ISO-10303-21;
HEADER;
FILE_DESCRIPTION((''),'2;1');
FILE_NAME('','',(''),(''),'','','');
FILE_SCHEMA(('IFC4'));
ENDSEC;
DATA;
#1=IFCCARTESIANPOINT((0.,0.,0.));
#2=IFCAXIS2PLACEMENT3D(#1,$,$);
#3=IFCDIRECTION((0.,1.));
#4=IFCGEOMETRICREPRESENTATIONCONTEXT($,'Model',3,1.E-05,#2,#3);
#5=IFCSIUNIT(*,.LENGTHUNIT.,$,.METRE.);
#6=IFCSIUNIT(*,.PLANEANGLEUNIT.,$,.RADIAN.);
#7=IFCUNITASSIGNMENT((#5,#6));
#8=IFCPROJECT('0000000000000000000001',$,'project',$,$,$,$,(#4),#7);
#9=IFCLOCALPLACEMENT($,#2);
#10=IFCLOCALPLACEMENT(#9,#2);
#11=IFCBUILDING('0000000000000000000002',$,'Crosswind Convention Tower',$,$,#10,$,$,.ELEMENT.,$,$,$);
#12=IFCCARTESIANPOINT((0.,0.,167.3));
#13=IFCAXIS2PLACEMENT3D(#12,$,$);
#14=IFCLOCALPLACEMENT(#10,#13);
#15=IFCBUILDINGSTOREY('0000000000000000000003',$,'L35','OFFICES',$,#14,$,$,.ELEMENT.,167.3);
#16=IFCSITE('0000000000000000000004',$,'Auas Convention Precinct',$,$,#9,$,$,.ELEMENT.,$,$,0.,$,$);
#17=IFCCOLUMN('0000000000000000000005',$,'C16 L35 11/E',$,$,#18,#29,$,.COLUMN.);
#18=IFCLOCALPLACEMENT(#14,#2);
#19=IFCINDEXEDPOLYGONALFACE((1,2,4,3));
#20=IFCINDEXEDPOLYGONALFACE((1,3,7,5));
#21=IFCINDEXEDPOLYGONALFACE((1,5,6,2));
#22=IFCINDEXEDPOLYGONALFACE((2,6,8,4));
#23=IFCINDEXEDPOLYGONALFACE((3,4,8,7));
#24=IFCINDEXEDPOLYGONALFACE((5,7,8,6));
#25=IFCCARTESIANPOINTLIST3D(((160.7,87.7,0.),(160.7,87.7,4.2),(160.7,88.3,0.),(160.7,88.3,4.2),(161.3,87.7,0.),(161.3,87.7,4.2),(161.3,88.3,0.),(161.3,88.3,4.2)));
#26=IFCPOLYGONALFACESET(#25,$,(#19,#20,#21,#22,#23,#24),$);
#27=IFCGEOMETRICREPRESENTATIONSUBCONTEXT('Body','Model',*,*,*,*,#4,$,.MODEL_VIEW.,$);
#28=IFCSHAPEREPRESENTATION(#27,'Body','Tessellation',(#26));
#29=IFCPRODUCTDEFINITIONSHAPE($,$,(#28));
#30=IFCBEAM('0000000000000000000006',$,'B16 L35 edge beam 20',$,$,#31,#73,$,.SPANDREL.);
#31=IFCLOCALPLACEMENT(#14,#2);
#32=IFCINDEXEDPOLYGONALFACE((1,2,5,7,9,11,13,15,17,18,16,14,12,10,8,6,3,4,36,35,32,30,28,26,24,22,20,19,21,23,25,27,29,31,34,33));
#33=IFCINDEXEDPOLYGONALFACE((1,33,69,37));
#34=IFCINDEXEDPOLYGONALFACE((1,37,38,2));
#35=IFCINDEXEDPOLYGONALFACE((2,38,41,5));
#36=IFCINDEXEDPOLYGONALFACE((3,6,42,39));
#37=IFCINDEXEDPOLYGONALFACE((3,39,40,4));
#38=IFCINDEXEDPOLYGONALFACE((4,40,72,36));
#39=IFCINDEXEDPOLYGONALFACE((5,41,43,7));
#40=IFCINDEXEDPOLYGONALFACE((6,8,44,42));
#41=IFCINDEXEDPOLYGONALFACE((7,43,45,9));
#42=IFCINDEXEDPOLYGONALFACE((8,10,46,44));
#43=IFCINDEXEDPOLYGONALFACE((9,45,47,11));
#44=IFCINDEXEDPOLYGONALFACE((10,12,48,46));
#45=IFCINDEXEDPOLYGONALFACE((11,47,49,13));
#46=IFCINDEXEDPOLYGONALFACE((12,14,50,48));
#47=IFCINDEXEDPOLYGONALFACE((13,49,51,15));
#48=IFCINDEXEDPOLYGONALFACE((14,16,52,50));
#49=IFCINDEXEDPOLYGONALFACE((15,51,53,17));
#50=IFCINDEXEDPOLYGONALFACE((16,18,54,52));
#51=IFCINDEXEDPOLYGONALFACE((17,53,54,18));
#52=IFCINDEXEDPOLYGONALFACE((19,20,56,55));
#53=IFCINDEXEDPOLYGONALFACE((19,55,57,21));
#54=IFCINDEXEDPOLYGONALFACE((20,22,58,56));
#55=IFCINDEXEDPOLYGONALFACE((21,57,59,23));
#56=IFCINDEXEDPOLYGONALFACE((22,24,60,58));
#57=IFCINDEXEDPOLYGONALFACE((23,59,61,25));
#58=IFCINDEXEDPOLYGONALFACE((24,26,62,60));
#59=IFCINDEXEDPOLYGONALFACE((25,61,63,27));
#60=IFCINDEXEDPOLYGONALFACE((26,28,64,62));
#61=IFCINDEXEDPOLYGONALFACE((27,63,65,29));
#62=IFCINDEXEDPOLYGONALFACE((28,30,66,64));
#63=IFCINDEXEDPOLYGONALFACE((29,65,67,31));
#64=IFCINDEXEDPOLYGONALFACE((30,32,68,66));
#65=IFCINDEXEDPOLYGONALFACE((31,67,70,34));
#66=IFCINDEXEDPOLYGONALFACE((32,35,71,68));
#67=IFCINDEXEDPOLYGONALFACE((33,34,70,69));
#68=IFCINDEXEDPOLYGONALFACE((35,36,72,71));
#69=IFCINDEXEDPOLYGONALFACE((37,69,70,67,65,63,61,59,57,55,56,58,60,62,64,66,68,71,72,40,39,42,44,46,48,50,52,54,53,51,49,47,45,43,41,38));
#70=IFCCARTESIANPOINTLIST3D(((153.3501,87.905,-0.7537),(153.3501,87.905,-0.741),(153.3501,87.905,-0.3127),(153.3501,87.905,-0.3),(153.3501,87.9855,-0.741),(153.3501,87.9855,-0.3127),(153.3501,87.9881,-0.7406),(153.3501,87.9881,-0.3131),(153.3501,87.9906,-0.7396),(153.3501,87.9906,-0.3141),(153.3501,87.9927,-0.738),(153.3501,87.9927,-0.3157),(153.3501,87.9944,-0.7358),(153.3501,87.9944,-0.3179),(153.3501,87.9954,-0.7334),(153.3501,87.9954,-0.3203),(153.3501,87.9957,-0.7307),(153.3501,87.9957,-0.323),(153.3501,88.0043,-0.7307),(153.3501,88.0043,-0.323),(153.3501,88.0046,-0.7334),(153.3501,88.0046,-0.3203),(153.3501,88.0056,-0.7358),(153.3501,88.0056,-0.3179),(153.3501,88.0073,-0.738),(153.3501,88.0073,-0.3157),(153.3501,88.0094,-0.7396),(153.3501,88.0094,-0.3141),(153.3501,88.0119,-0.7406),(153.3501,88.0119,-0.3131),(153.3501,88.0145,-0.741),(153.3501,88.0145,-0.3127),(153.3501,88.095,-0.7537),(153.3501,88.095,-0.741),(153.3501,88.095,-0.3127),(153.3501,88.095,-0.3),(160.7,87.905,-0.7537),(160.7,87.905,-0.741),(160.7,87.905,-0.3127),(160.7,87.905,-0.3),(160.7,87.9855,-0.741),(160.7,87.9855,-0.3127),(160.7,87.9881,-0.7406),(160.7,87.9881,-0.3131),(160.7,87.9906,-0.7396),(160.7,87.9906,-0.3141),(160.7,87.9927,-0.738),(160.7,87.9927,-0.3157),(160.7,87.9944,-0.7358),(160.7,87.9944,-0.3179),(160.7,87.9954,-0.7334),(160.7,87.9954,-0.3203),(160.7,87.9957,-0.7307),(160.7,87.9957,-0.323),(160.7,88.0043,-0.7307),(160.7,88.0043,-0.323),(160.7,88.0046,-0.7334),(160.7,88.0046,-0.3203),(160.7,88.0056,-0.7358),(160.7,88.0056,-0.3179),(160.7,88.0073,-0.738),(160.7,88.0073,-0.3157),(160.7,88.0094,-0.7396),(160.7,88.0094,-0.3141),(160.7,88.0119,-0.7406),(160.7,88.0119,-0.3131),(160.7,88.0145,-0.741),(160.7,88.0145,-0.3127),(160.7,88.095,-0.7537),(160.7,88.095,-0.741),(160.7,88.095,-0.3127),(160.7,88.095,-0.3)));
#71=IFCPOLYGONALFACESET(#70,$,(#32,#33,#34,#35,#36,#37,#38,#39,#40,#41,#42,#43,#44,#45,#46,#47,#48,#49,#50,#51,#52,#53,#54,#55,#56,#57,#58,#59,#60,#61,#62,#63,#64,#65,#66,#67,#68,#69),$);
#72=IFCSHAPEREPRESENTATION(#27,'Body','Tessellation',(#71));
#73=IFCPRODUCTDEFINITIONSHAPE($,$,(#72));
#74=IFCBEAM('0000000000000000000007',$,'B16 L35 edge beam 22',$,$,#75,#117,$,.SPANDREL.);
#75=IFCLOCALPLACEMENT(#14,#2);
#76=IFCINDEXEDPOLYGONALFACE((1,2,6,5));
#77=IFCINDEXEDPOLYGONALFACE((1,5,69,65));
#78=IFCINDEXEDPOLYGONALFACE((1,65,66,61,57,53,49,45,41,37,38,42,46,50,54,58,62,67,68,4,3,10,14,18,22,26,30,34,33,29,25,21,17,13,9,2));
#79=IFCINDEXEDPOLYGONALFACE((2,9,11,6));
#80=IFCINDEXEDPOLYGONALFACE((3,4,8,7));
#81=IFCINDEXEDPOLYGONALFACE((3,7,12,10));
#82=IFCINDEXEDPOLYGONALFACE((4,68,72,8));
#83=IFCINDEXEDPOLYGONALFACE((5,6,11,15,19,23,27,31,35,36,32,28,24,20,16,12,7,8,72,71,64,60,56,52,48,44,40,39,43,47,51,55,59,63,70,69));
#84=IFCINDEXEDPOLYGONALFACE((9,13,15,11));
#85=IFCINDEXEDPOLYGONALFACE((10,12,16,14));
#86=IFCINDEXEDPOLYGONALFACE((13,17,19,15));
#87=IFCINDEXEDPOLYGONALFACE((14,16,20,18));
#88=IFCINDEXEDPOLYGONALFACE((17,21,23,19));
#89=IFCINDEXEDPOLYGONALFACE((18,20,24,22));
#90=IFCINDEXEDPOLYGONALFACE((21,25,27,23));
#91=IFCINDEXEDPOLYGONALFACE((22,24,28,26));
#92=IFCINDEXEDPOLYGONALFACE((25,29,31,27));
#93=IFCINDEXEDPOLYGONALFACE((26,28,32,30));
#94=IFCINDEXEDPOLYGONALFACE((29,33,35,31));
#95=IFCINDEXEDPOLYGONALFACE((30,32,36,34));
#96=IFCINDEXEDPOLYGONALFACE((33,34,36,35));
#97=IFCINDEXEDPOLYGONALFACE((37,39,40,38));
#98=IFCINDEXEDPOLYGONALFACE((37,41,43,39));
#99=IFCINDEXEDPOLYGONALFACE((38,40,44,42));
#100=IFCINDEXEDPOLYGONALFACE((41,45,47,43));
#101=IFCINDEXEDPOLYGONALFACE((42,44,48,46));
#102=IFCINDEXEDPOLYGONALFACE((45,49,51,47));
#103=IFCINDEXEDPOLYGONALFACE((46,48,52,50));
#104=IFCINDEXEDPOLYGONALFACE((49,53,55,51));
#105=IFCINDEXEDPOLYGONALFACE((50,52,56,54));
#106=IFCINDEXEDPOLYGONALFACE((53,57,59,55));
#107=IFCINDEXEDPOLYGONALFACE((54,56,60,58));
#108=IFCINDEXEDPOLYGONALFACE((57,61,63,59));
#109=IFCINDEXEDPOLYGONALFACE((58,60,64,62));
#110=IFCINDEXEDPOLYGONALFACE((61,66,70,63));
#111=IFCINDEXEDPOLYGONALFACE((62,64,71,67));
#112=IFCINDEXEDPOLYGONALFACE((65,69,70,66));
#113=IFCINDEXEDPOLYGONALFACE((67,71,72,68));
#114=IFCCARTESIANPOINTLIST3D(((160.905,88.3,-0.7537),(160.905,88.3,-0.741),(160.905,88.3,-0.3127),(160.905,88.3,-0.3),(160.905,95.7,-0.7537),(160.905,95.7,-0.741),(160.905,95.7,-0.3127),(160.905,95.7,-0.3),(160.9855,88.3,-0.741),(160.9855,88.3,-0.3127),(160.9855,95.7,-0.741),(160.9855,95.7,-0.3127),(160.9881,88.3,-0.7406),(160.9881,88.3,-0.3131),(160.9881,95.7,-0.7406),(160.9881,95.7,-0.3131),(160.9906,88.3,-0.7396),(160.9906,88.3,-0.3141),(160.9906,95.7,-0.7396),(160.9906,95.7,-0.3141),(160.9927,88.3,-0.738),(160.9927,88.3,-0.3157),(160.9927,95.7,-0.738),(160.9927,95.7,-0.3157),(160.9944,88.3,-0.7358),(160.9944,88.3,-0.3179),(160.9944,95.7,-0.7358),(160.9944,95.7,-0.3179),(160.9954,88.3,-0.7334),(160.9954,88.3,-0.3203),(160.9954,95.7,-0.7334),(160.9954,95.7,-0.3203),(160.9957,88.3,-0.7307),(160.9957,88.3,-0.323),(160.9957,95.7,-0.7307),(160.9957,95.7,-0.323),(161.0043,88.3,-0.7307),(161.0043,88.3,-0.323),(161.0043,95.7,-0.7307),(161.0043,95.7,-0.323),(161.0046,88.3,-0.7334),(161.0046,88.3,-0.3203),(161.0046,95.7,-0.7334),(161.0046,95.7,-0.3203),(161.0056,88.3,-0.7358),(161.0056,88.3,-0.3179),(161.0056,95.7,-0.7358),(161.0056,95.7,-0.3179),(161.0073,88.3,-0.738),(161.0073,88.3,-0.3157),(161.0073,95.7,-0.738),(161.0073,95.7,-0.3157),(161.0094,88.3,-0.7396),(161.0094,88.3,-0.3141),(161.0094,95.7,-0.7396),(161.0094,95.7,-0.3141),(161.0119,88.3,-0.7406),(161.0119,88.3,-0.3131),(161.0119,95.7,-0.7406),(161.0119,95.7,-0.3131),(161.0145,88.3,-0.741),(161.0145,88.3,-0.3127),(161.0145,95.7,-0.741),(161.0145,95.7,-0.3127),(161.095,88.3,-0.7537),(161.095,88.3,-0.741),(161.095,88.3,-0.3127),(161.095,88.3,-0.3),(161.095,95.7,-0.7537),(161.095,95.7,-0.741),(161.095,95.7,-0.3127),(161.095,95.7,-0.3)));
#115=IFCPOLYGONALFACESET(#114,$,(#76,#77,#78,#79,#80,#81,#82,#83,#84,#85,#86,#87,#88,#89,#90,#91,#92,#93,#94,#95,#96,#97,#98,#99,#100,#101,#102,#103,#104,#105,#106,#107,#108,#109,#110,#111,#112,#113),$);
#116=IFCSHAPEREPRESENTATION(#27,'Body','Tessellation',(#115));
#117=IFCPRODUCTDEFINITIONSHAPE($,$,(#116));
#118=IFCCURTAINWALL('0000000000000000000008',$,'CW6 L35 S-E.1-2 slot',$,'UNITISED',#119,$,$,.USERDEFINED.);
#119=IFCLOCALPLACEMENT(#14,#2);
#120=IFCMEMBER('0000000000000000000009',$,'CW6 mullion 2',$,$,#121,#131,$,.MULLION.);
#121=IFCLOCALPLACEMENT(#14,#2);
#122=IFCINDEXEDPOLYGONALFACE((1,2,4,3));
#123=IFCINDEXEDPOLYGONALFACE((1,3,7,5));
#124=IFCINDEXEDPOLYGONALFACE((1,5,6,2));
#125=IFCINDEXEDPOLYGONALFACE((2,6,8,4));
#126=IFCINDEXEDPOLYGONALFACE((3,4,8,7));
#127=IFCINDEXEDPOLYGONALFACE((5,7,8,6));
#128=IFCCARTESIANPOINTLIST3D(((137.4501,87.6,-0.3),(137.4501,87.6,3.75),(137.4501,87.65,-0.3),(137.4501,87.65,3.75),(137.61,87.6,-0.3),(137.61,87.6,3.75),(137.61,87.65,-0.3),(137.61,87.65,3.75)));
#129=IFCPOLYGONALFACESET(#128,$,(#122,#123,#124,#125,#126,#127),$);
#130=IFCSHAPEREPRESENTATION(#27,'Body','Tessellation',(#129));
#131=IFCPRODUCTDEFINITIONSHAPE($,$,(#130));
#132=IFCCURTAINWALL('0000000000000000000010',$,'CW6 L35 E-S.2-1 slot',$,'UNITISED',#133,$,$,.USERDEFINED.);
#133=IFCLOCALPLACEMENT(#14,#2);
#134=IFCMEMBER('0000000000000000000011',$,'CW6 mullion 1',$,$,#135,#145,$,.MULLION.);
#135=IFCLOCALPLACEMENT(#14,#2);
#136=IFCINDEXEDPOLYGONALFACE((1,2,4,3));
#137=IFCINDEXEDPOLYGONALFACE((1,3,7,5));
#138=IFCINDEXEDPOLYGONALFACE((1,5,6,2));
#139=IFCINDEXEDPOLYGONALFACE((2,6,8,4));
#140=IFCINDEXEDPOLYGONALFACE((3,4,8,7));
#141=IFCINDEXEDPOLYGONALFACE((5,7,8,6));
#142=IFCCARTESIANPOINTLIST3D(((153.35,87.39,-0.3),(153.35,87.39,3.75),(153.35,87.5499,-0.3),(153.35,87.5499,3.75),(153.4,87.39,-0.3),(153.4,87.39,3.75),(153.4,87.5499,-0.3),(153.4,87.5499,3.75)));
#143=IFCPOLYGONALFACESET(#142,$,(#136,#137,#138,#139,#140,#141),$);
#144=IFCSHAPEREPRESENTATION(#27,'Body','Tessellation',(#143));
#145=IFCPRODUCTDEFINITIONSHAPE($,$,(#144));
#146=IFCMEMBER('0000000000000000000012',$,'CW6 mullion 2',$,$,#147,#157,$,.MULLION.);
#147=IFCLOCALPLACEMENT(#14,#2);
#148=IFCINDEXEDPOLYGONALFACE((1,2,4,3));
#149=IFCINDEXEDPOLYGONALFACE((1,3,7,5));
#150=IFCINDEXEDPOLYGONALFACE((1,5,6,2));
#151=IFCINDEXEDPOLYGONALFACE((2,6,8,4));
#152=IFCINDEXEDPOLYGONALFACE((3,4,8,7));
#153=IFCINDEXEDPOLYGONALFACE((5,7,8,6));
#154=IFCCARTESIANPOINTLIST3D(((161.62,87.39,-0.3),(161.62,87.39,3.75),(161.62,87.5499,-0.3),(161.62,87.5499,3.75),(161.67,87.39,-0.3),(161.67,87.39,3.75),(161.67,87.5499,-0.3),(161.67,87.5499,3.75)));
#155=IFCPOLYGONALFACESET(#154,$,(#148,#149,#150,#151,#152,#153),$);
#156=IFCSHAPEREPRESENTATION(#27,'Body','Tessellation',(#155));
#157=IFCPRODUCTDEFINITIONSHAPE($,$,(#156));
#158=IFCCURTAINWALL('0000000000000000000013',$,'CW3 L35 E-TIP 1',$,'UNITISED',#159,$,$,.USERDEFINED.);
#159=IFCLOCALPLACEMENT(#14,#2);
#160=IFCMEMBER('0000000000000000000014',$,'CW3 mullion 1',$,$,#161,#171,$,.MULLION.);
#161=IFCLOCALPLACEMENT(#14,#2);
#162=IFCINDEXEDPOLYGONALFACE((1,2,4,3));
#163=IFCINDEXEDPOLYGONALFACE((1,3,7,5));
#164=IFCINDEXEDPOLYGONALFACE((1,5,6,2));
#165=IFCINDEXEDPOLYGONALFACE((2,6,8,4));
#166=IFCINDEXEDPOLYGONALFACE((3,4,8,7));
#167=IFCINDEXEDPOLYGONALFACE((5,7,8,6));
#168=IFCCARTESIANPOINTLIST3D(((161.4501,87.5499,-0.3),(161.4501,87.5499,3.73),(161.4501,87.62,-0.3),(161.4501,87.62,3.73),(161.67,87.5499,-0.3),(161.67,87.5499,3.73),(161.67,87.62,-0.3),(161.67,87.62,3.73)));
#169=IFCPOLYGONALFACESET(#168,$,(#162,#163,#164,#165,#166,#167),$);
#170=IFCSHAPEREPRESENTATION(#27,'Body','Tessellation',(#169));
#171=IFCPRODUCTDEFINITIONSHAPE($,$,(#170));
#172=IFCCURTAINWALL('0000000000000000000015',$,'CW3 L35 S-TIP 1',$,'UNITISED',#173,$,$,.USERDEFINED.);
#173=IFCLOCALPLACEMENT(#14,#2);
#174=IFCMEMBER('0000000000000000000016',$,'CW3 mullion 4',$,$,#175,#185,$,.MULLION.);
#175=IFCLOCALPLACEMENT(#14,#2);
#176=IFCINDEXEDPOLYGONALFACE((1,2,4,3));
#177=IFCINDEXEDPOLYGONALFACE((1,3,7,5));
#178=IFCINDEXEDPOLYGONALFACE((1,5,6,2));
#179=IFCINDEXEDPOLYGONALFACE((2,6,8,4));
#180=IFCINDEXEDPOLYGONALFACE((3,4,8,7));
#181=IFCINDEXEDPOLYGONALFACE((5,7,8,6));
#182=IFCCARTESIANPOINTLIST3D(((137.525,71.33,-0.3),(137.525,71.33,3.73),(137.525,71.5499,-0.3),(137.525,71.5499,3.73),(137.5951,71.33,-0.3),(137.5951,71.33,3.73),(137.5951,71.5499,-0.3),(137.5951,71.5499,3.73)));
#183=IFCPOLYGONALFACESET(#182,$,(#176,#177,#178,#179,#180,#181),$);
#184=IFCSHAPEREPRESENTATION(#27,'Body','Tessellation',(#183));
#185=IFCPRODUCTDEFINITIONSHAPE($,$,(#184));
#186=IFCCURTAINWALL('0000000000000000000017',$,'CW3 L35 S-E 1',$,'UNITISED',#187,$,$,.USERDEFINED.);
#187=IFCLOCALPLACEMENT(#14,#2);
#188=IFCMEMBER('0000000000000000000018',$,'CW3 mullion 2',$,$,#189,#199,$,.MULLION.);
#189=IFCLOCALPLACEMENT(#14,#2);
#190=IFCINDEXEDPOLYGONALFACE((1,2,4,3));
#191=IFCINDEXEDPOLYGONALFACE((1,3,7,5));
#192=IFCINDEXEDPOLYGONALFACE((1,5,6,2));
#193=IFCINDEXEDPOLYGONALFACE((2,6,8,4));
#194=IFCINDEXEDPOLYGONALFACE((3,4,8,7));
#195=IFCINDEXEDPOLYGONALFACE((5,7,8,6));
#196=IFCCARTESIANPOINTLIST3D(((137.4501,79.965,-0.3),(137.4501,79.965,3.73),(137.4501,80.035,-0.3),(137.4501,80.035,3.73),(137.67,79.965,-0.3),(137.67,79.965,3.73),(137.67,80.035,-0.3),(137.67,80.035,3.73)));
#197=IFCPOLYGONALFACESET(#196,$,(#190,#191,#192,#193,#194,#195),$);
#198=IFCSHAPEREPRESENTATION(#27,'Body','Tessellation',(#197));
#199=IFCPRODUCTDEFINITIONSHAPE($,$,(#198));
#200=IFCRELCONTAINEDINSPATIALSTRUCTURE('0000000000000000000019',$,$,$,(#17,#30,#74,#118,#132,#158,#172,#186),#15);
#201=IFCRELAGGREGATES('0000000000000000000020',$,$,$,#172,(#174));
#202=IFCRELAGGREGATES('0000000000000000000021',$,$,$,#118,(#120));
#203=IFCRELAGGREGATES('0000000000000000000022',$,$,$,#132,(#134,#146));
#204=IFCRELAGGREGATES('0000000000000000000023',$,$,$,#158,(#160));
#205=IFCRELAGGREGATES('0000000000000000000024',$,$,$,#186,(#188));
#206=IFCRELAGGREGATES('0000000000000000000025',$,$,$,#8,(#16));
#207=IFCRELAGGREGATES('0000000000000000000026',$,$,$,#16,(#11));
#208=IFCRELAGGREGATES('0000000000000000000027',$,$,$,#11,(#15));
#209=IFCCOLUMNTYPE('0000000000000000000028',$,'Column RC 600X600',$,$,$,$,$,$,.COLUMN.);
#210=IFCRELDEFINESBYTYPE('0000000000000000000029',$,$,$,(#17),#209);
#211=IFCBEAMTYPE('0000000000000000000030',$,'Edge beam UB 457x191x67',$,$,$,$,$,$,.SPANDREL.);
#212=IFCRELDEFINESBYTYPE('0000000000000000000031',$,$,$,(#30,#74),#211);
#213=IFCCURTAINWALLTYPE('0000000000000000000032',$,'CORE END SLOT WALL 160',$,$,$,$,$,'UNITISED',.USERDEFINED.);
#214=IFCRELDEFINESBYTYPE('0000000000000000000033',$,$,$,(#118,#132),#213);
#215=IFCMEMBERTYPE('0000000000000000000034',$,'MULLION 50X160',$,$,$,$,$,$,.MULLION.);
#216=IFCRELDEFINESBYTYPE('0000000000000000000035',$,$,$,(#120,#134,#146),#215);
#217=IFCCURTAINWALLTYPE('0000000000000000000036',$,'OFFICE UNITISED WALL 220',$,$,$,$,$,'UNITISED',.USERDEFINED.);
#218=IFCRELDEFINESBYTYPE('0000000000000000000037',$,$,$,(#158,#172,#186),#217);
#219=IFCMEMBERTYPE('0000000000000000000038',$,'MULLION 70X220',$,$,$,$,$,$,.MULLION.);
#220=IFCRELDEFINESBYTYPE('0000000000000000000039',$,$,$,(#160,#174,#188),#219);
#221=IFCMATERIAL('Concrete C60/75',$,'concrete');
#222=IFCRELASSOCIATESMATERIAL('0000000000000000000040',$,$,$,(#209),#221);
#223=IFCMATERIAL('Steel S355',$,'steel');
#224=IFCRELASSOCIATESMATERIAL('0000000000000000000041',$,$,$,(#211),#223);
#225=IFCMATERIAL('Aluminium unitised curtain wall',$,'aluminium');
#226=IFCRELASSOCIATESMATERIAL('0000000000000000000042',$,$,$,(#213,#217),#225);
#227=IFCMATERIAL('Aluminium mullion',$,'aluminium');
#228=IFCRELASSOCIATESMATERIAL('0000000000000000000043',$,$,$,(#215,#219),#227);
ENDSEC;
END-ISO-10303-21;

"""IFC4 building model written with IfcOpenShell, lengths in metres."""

from ifc_helpers import new_model, si_unit, direction, frame, origin, origin_2d, place, context, subcontext, project, spatial, rectangle, i_section, extrude, material, material_profile, profile_set, type_object, element, aggregate, save


model = new_model("IFC4")

# Units and contexts
model_context = context("Model", 3, precision=1e-05, world=origin(), true_north=direction((0.0, 1.0)))
body_context = subcontext(model_context, "Body", "Model", "MODEL_VIEW")
ifc_project = project(units=[si_unit("LENGTHUNIT", "METRE"), si_unit("PLANEANGLEUNIT", "RADIAN")], contexts=[model_context])

# Site, building, storey
site_placement = place(None, origin())
site = spatial("IfcSite", under=ifc_project, at=site_placement, Name="Auas Convention Precinct", CompositionType="ELEMENT", RefElevation=0.0)
building_placement = place(site_placement, origin())
building = spatial("IfcBuilding", under=site, at=building_placement, Name="Crosswind Convention Tower", CompositionType="ELEMENT")
storey_placement = place(building_placement, frame((0.0, 0.0, 167.3)))
storey = spatial("IfcBuildingStorey", under=building, at=storey_placement, Name="L35", Description="OFFICES", CompositionType="ELEMENT", Elevation=167.3)

# Column
ifc_material_1 = material(Name="Concrete C60/75", Category="concrete")
ifc_material_profile_1 = material_profile(ifc_material_1, rectangle(XDim=0.6001, YDim=0.6001, at=origin_2d()), Name="RC 600X600")
ifc_profile_set_1 = profile_set([ifc_material_profile_1], Name="Concrete C60/75")
column_type = type_object("IfcColumnType", Name="Column RC 600X600", PredefinedType="COLUMN", material=ifc_profile_set_1)
column_placement = place(storey_placement, frame((161.0, 88.0, 0.0), z_axis=(0.0, 0.0, 1.0), x_axis=(1.0, 0.0, 0.0)))
element("IfcColumn", 1, at=column_placement, inside=storey, type_object=column_type, Name="C16 L35 11/E", PredefinedType="COLUMN", context=body_context, shape_type="SweptSolid", body=[
    extrude(rectangle(XDim=0.6001, YDim=0.6001, at=origin_2d()), origin(), (0.0, 0.0, 1.0), 4.2),
])

# Beams
ifc_material_2 = material(Name="Steel S355", Category="steel")
ifc_material_profile_2 = material_profile(ifc_material_2, i_section(OverallWidth=0.1899, OverallDepth=0.4536, WebThickness=0.0085, FlangeThickness=0.0127, FilletRadius=0.0103, at=origin_2d()), Name="UB 457x191x67")
ifc_profile_set_2 = profile_set([ifc_material_profile_2], Name="Steel S355")
beam_type = type_object("IfcBeamType", Name="Edge beam UB 457x191x67", PredefinedType="SPANDREL", material=ifc_profile_set_2)
beam_1_placement = place(storey_placement, frame((153.3501, 88.0, -0.5269), z_axis=(1.0, 0.0, 0.0), x_axis=(0.0, 1.0, 0.0)))
element("IfcBeam", 2, at=beam_1_placement, inside=storey, type_object=beam_type, Name="B16 L35 edge beam 20", PredefinedType="SPANDREL", context=body_context, shape_type="SweptSolid", body=[
    extrude(i_section(OverallWidth=0.1899, OverallDepth=0.4536, WebThickness=0.0085, FlangeThickness=0.0127, FilletRadius=0.0103, at=origin_2d()), origin(), (0.0, 0.0, 1.0), 7.3499),
])
beam_2_placement = place(storey_placement, frame((161.0, 88.3, -0.5269), z_axis=(0.0, 1.0, 0.0), x_axis=(-1.0, 0.0, 0.0)))
element("IfcBeam", 3, at=beam_2_placement, inside=storey, type_object=beam_type, Name="B16 L35 edge beam 22", PredefinedType="SPANDREL", context=body_context, shape_type="SweptSolid", body=[
    extrude(i_section(OverallWidth=0.1899, OverallDepth=0.4536, WebThickness=0.0085, FlangeThickness=0.0127, FilletRadius=0.0103, at=origin_2d()), origin(), (0.0, 0.0, 1.0), 7.3999),
])

# Curtain wall, member
ifc_material_3 = material(Name="Aluminium unitised curtain wall", Category="aluminium")
curtain_wall_type_1 = type_object("IfcCurtainWallType", Name="CORE END SLOT WALL 160", ElementType="UNITISED", PredefinedType="USERDEFINED", material=ifc_material_3)
curtain_wall_1_placement = place(storey_placement, origin())
curtain_wall_1 = element("IfcCurtainWall", 4, at=curtain_wall_1_placement, inside=storey, type_object=curtain_wall_type_1, Name="CW6 L35 S-E.1-2 slot", ObjectType="UNITISED", PredefinedType="USERDEFINED")
ifc_material_4 = material(Name="Aluminium mullion", Category="aluminium")
ifc_material_profile_3 = material_profile(ifc_material_4, rectangle(XDim=0.1599, YDim=0.05, at=origin_2d()), Name="AL 160X50")
ifc_profile_set_3 = profile_set([ifc_material_profile_3], Name="Aluminium mullion")
member_type_1 = type_object("IfcMemberType", Name="MULLION 50X160", PredefinedType="MULLION", material=ifc_profile_set_3)
member_1_placement = place(storey_placement, frame((137.53, 87.625, -0.3), z_axis=(0.0, 0.0, 1.0), x_axis=(1.0, 0.0, 0.0)))
member_1 = element("IfcMember", 5, at=member_1_placement, type_object=member_type_1, Name="CW6 mullion 2", PredefinedType="MULLION", context=body_context, shape_type="SweptSolid", body=[
    extrude(rectangle(XDim=0.1599, YDim=0.05, at=origin_2d()), origin(), (0.0, 0.0, 1.0), 4.05),
])

# Curtain wall, members
curtain_wall_2_placement = place(storey_placement, origin())
curtain_wall_2 = element("IfcCurtainWall", 6, at=curtain_wall_2_placement, inside=storey, type_object=curtain_wall_type_1, Name="CW6 L35 E-S.2-1 slot", ObjectType="UNITISED", PredefinedType="USERDEFINED")
member_2_placement = place(storey_placement, frame((153.375, 87.47, -0.3), z_axis=(0.0, 0.0, 1.0), x_axis=(0.0, -1.0, 0.0)))
member_2 = element("IfcMember", 7, at=member_2_placement, type_object=member_type_1, Name="CW6 mullion 1", PredefinedType="MULLION", context=body_context, shape_type="SweptSolid", body=[
    extrude(rectangle(XDim=0.1599, YDim=0.05, at=origin_2d()), origin(), (0.0, 0.0, 1.0), 4.05),
])
member_3_placement = place(storey_placement, frame((161.645, 87.47, -0.3), z_axis=(0.0, 0.0, 1.0), x_axis=(0.0, -1.0, 0.0)))
member_3 = element("IfcMember", 8, at=member_3_placement, type_object=member_type_1, Name="CW6 mullion 2", PredefinedType="MULLION", context=body_context, shape_type="SweptSolid", body=[
    extrude(rectangle(XDim=0.1599, YDim=0.05, at=origin_2d()), origin(), (0.0, 0.0, 1.0), 4.05),
])

# Curtain walls, members
curtain_wall_type_2 = type_object("IfcCurtainWallType", Name="OFFICE UNITISED WALL 220", ElementType="UNITISED", PredefinedType="USERDEFINED", material=ifc_material_3)
curtain_wall_3_placement = place(storey_placement, origin())
curtain_wall_3 = element("IfcCurtainWall", 9, at=curtain_wall_3_placement, inside=storey, type_object=curtain_wall_type_2, Name="CW3 L35 E-TIP 1", ObjectType="UNITISED", PredefinedType="USERDEFINED")
ifc_material_profile_4 = material_profile(ifc_material_4, rectangle(XDim=0.22, YDim=0.0701, at=origin_2d()), Name="AL 220X70")
ifc_profile_set_4 = profile_set([ifc_material_profile_4], Name="Aluminium mullion")
member_type_2 = type_object("IfcMemberType", Name="MULLION 70X220", PredefinedType="MULLION", material=ifc_profile_set_4)
member_4_placement = place(storey_placement, frame((161.5601, 87.585, -0.3), z_axis=(0.0, 0.0, 1.0), x_axis=(1.0, 0.0, 0.0)))
member_4 = element("IfcMember", 10, at=member_4_placement, type_object=member_type_2, Name="CW3 mullion 1", PredefinedType="MULLION", context=body_context, shape_type="SweptSolid", body=[
    extrude(rectangle(XDim=0.22, YDim=0.0701, at=origin_2d()), origin(), (0.0, 0.0, 1.0), 4.03),
])
curtain_wall_4_placement = place(storey_placement, origin())
curtain_wall_4 = element("IfcCurtainWall", 11, at=curtain_wall_4_placement, inside=storey, type_object=curtain_wall_type_2, Name="CW3 L35 S-TIP 1", ObjectType="UNITISED", PredefinedType="USERDEFINED")
member_5_placement = place(storey_placement, frame((137.5601, 71.4399, -0.3), z_axis=(0.0, 0.0, 1.0), x_axis=(0.0, -1.0, 0.0)))
member_5 = element("IfcMember", 12, at=member_5_placement, type_object=member_type_2, Name="CW3 mullion 4", PredefinedType="MULLION", context=body_context, shape_type="SweptSolid", body=[
    extrude(rectangle(XDim=0.22, YDim=0.0701, at=origin_2d()), origin(), (0.0, 0.0, 1.0), 4.03),
])
aggregate(curtain_wall_4, [member_5])
curtain_wall_5_placement = place(storey_placement, origin())
curtain_wall_5 = element("IfcCurtainWall", 13, at=curtain_wall_5_placement, inside=storey, type_object=curtain_wall_type_2, Name="CW3 L35 S-E 1", ObjectType="UNITISED", PredefinedType="USERDEFINED")
member_6_placement = place(storey_placement, frame((137.5601, 80.0, -0.3), z_axis=(0.0, 0.0, 1.0), x_axis=(1.0, 0.0, 0.0)))
member_6 = element("IfcMember", 14, at=member_6_placement, type_object=member_type_2, Name="CW3 mullion 2", PredefinedType="MULLION", context=body_context, shape_type="SweptSolid", body=[
    extrude(rectangle(XDim=0.22, YDim=0.0701, at=origin_2d()), origin(), (0.0, 0.0, 1.0), 4.03),
])

aggregate(curtain_wall_1, [member_1])
aggregate(curtain_wall_2, [member_2, member_3])

aggregate(curtain_wall_3, [member_4])
aggregate(curtain_wall_5, [member_6])

save(model, "model.ifc")
